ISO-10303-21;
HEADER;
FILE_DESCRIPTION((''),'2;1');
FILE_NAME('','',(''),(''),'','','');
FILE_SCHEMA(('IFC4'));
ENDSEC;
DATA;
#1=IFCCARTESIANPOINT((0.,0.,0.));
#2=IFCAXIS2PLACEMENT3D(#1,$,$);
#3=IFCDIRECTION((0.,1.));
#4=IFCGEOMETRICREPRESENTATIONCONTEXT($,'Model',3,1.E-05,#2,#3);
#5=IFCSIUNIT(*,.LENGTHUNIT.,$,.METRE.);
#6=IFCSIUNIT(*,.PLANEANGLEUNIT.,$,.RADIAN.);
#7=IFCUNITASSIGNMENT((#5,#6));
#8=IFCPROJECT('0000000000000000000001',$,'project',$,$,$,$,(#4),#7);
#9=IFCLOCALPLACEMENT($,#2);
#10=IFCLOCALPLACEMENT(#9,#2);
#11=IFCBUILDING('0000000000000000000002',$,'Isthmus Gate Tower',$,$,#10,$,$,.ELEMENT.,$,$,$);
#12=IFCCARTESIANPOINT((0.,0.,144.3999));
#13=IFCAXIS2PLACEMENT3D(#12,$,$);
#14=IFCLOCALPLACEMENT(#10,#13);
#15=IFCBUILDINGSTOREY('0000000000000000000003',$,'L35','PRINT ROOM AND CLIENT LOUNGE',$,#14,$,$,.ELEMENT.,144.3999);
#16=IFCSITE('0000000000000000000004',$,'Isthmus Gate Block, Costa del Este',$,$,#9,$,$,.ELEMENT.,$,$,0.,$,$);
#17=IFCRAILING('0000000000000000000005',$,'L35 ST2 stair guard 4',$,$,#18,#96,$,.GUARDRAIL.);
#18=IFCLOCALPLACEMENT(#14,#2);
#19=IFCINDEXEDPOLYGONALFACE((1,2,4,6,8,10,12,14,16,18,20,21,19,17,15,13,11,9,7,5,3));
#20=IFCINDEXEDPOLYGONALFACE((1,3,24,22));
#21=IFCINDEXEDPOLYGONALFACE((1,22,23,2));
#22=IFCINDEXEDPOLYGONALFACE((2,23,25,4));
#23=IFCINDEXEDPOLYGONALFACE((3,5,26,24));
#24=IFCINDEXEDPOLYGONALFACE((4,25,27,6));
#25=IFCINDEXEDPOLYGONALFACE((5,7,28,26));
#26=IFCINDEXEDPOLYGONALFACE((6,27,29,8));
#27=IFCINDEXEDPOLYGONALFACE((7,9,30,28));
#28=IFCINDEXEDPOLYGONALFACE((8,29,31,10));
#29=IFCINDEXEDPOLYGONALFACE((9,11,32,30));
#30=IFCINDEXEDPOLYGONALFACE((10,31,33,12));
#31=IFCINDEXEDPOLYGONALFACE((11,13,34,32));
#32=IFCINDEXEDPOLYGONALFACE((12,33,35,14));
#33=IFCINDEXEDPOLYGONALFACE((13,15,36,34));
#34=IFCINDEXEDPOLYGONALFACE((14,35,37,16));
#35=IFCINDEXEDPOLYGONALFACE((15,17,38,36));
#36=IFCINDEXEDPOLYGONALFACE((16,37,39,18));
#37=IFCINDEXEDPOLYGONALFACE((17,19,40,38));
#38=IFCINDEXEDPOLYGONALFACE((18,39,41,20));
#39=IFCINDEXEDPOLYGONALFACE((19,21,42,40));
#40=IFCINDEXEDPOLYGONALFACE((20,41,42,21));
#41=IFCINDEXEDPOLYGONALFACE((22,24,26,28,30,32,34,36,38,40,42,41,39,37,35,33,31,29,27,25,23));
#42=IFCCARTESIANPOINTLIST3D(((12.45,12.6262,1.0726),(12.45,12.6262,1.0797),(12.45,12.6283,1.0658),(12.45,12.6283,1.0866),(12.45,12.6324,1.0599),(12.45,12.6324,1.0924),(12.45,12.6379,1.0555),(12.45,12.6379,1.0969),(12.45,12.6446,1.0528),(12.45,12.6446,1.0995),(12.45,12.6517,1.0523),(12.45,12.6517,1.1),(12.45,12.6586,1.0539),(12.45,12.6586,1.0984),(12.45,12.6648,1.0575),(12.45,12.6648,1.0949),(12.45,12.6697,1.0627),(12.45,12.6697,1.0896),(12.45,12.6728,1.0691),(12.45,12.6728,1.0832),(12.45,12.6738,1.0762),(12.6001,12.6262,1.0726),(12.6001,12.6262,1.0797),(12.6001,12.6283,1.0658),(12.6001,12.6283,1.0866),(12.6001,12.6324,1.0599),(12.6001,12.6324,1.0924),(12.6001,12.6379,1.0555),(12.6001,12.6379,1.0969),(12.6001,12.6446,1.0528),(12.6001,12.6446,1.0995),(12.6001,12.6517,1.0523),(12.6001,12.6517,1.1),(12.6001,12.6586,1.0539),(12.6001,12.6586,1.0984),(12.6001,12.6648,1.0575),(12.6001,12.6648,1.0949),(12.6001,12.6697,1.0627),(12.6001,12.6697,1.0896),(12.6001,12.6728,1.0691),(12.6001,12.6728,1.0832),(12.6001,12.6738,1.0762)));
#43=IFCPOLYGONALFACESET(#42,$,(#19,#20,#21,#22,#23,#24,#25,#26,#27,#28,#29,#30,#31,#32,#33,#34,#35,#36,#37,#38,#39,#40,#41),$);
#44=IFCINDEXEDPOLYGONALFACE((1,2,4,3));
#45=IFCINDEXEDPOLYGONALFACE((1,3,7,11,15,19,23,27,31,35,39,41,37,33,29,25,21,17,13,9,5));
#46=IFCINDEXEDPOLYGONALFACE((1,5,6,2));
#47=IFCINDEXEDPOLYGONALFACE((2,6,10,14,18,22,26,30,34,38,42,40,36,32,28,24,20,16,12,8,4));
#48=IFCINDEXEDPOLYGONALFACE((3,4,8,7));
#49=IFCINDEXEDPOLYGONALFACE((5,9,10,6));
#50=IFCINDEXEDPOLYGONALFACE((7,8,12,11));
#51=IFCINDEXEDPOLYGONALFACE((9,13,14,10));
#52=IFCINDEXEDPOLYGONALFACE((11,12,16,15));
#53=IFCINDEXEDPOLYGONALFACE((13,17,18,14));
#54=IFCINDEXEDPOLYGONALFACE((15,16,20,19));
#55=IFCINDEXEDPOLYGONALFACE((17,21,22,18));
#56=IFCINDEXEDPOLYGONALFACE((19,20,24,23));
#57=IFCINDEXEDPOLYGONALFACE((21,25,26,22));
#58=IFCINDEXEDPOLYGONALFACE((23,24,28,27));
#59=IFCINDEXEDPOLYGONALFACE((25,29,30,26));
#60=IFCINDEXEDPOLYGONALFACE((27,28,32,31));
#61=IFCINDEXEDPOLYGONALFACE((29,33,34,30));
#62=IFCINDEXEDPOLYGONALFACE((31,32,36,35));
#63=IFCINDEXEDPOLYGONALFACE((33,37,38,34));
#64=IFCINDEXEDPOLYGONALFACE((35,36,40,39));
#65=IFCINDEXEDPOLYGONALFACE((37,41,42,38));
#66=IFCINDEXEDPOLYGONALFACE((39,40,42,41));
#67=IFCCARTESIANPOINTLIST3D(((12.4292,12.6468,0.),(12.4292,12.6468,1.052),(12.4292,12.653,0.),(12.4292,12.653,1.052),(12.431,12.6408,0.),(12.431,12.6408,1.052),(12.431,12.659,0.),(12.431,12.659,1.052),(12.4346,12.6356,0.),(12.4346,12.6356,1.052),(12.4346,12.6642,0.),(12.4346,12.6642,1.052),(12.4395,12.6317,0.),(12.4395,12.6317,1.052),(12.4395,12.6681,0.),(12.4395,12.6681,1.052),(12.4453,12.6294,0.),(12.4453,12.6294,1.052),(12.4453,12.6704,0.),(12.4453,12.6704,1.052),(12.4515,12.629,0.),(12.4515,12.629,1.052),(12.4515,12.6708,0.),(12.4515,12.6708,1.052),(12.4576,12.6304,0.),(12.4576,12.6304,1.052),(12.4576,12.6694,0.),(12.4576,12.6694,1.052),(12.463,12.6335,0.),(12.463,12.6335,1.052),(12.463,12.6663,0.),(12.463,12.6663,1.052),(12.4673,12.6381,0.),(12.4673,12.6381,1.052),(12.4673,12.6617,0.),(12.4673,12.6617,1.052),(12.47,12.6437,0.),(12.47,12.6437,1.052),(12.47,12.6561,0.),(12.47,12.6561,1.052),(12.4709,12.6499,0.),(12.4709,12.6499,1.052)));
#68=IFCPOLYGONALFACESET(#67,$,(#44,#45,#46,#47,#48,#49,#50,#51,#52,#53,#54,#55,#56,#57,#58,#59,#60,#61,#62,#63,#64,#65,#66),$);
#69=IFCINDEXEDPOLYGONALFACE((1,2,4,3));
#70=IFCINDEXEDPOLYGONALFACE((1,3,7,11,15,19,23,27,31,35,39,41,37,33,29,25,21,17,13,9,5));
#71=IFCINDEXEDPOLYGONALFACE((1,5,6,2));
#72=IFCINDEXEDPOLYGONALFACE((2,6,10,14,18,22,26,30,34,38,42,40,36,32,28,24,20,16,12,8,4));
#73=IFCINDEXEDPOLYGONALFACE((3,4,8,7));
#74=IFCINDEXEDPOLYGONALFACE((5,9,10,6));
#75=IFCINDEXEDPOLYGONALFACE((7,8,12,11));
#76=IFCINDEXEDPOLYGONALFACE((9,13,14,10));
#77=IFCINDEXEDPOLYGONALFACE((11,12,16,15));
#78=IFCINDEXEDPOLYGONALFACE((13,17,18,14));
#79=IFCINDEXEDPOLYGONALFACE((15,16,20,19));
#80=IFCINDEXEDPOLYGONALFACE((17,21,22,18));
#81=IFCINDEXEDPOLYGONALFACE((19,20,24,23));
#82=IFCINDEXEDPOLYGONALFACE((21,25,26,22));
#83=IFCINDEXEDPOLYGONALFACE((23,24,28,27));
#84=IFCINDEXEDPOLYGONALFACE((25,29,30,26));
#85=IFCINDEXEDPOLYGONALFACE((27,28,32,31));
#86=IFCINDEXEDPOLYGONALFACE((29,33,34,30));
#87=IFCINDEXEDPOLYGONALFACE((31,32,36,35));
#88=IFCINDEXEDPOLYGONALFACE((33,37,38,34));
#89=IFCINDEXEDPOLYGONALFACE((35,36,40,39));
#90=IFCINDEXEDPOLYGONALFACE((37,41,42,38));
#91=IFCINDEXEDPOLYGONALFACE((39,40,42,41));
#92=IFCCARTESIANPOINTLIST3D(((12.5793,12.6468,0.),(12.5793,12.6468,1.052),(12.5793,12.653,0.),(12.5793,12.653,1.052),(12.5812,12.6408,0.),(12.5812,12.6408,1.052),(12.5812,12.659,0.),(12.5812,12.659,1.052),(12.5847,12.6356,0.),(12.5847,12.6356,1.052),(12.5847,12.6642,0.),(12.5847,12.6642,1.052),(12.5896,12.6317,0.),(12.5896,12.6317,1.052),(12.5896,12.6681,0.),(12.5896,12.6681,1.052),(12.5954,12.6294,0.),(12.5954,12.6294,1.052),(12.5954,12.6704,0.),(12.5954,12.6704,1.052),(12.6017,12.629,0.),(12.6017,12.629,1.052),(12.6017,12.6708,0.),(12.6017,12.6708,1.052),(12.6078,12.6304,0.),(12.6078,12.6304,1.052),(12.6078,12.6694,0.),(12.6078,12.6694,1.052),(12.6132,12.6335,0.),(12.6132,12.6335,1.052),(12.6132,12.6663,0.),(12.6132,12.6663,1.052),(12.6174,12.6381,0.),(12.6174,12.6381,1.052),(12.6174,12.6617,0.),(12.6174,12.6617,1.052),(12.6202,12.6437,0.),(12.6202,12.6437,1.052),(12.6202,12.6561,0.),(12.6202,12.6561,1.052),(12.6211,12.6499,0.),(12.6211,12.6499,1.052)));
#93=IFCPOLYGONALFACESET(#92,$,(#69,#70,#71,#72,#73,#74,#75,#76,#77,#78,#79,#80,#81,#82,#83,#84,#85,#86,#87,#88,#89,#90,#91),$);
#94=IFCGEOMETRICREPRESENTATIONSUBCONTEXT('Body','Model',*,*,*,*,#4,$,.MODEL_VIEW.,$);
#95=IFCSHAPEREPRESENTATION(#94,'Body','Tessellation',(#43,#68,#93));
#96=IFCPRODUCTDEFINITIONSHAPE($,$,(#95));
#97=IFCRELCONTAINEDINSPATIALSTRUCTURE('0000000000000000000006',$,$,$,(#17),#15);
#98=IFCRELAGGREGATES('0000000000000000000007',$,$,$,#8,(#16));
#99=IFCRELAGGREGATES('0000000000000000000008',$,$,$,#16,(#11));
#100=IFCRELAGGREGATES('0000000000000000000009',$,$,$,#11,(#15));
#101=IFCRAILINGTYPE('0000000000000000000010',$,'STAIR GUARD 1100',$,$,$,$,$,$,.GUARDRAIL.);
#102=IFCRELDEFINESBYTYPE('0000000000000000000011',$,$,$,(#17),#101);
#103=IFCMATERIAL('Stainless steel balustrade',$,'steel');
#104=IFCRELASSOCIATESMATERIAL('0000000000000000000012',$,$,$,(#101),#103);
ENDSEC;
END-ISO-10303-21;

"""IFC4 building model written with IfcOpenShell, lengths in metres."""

from ifc_helpers import new_model, si_unit, direction, frame, origin, origin_2d, place, context, subcontext, project, spatial, circle, extrude, material, type_object, element, save


model = new_model("IFC4")

# Units and contexts
model_context = context("Model", 3, precision=1e-05, world=origin(), true_north=direction((0.0, 1.0)))
body_context = subcontext(model_context, "Body", "Model", "MODEL_VIEW")
ifc_project = project(units=[si_unit("LENGTHUNIT", "METRE"), si_unit("PLANEANGLEUNIT", "RADIAN")], contexts=[model_context])

# Site, building, storey
site_placement = place(None, origin())
site = spatial("IfcSite", under=ifc_project, at=site_placement, Name="Isthmus Gate Block, Costa del Este", CompositionType="ELEMENT", RefElevation=0.0)
building_placement = place(site_placement, origin())
building = spatial("IfcBuilding", under=site, at=building_placement, Name="Isthmus Gate Tower", CompositionType="ELEMENT")
storey_placement = place(building_placement, frame((0.0, 0.0, 144.3999)))
storey = spatial("IfcBuildingStorey", under=building, at=storey_placement, Name="L35", Description="PRINT ROOM AND CLIENT LOUNGE", CompositionType="ELEMENT", Elevation=144.3999)

# Railing
ifc_material_1 = material(Name="Stainless steel balustrade", Category="steel")
railing_type = type_object("IfcRailingType", Name="STAIR GUARD 1100", PredefinedType="GUARDRAIL", material=ifc_material_1)
railing_1_placement = place(storey_placement, frame((12.45, 12.6499, 0.0)))
element("IfcRailing", 1, at=railing_1_placement, inside=storey, type_object=railing_type, Name="L35 ST2 stair guard 4", PredefinedType="GUARDRAIL", context=body_context, shape_type="SweptSolid", body=[
    extrude(circle(Radius=0.0239, at=origin_2d()), frame((0.0, 0.0, 1.0762), z_axis=(1.0, 0.0, 0.0), x_axis=(0.0, 1.0, 0.0)), (0.0, 0.0, 1.0), 0.1501),
    extrude(circle(Radius=0.021, at=origin_2d()), origin(), (0.0, 0.0, 1.0), 1.052),
    extrude(circle(Radius=0.021, at=origin_2d()), frame((0.1501, 0.0, 0.0)), (0.0, 0.0, 1.0), 1.052),
])

save(model, "model.ifc")
